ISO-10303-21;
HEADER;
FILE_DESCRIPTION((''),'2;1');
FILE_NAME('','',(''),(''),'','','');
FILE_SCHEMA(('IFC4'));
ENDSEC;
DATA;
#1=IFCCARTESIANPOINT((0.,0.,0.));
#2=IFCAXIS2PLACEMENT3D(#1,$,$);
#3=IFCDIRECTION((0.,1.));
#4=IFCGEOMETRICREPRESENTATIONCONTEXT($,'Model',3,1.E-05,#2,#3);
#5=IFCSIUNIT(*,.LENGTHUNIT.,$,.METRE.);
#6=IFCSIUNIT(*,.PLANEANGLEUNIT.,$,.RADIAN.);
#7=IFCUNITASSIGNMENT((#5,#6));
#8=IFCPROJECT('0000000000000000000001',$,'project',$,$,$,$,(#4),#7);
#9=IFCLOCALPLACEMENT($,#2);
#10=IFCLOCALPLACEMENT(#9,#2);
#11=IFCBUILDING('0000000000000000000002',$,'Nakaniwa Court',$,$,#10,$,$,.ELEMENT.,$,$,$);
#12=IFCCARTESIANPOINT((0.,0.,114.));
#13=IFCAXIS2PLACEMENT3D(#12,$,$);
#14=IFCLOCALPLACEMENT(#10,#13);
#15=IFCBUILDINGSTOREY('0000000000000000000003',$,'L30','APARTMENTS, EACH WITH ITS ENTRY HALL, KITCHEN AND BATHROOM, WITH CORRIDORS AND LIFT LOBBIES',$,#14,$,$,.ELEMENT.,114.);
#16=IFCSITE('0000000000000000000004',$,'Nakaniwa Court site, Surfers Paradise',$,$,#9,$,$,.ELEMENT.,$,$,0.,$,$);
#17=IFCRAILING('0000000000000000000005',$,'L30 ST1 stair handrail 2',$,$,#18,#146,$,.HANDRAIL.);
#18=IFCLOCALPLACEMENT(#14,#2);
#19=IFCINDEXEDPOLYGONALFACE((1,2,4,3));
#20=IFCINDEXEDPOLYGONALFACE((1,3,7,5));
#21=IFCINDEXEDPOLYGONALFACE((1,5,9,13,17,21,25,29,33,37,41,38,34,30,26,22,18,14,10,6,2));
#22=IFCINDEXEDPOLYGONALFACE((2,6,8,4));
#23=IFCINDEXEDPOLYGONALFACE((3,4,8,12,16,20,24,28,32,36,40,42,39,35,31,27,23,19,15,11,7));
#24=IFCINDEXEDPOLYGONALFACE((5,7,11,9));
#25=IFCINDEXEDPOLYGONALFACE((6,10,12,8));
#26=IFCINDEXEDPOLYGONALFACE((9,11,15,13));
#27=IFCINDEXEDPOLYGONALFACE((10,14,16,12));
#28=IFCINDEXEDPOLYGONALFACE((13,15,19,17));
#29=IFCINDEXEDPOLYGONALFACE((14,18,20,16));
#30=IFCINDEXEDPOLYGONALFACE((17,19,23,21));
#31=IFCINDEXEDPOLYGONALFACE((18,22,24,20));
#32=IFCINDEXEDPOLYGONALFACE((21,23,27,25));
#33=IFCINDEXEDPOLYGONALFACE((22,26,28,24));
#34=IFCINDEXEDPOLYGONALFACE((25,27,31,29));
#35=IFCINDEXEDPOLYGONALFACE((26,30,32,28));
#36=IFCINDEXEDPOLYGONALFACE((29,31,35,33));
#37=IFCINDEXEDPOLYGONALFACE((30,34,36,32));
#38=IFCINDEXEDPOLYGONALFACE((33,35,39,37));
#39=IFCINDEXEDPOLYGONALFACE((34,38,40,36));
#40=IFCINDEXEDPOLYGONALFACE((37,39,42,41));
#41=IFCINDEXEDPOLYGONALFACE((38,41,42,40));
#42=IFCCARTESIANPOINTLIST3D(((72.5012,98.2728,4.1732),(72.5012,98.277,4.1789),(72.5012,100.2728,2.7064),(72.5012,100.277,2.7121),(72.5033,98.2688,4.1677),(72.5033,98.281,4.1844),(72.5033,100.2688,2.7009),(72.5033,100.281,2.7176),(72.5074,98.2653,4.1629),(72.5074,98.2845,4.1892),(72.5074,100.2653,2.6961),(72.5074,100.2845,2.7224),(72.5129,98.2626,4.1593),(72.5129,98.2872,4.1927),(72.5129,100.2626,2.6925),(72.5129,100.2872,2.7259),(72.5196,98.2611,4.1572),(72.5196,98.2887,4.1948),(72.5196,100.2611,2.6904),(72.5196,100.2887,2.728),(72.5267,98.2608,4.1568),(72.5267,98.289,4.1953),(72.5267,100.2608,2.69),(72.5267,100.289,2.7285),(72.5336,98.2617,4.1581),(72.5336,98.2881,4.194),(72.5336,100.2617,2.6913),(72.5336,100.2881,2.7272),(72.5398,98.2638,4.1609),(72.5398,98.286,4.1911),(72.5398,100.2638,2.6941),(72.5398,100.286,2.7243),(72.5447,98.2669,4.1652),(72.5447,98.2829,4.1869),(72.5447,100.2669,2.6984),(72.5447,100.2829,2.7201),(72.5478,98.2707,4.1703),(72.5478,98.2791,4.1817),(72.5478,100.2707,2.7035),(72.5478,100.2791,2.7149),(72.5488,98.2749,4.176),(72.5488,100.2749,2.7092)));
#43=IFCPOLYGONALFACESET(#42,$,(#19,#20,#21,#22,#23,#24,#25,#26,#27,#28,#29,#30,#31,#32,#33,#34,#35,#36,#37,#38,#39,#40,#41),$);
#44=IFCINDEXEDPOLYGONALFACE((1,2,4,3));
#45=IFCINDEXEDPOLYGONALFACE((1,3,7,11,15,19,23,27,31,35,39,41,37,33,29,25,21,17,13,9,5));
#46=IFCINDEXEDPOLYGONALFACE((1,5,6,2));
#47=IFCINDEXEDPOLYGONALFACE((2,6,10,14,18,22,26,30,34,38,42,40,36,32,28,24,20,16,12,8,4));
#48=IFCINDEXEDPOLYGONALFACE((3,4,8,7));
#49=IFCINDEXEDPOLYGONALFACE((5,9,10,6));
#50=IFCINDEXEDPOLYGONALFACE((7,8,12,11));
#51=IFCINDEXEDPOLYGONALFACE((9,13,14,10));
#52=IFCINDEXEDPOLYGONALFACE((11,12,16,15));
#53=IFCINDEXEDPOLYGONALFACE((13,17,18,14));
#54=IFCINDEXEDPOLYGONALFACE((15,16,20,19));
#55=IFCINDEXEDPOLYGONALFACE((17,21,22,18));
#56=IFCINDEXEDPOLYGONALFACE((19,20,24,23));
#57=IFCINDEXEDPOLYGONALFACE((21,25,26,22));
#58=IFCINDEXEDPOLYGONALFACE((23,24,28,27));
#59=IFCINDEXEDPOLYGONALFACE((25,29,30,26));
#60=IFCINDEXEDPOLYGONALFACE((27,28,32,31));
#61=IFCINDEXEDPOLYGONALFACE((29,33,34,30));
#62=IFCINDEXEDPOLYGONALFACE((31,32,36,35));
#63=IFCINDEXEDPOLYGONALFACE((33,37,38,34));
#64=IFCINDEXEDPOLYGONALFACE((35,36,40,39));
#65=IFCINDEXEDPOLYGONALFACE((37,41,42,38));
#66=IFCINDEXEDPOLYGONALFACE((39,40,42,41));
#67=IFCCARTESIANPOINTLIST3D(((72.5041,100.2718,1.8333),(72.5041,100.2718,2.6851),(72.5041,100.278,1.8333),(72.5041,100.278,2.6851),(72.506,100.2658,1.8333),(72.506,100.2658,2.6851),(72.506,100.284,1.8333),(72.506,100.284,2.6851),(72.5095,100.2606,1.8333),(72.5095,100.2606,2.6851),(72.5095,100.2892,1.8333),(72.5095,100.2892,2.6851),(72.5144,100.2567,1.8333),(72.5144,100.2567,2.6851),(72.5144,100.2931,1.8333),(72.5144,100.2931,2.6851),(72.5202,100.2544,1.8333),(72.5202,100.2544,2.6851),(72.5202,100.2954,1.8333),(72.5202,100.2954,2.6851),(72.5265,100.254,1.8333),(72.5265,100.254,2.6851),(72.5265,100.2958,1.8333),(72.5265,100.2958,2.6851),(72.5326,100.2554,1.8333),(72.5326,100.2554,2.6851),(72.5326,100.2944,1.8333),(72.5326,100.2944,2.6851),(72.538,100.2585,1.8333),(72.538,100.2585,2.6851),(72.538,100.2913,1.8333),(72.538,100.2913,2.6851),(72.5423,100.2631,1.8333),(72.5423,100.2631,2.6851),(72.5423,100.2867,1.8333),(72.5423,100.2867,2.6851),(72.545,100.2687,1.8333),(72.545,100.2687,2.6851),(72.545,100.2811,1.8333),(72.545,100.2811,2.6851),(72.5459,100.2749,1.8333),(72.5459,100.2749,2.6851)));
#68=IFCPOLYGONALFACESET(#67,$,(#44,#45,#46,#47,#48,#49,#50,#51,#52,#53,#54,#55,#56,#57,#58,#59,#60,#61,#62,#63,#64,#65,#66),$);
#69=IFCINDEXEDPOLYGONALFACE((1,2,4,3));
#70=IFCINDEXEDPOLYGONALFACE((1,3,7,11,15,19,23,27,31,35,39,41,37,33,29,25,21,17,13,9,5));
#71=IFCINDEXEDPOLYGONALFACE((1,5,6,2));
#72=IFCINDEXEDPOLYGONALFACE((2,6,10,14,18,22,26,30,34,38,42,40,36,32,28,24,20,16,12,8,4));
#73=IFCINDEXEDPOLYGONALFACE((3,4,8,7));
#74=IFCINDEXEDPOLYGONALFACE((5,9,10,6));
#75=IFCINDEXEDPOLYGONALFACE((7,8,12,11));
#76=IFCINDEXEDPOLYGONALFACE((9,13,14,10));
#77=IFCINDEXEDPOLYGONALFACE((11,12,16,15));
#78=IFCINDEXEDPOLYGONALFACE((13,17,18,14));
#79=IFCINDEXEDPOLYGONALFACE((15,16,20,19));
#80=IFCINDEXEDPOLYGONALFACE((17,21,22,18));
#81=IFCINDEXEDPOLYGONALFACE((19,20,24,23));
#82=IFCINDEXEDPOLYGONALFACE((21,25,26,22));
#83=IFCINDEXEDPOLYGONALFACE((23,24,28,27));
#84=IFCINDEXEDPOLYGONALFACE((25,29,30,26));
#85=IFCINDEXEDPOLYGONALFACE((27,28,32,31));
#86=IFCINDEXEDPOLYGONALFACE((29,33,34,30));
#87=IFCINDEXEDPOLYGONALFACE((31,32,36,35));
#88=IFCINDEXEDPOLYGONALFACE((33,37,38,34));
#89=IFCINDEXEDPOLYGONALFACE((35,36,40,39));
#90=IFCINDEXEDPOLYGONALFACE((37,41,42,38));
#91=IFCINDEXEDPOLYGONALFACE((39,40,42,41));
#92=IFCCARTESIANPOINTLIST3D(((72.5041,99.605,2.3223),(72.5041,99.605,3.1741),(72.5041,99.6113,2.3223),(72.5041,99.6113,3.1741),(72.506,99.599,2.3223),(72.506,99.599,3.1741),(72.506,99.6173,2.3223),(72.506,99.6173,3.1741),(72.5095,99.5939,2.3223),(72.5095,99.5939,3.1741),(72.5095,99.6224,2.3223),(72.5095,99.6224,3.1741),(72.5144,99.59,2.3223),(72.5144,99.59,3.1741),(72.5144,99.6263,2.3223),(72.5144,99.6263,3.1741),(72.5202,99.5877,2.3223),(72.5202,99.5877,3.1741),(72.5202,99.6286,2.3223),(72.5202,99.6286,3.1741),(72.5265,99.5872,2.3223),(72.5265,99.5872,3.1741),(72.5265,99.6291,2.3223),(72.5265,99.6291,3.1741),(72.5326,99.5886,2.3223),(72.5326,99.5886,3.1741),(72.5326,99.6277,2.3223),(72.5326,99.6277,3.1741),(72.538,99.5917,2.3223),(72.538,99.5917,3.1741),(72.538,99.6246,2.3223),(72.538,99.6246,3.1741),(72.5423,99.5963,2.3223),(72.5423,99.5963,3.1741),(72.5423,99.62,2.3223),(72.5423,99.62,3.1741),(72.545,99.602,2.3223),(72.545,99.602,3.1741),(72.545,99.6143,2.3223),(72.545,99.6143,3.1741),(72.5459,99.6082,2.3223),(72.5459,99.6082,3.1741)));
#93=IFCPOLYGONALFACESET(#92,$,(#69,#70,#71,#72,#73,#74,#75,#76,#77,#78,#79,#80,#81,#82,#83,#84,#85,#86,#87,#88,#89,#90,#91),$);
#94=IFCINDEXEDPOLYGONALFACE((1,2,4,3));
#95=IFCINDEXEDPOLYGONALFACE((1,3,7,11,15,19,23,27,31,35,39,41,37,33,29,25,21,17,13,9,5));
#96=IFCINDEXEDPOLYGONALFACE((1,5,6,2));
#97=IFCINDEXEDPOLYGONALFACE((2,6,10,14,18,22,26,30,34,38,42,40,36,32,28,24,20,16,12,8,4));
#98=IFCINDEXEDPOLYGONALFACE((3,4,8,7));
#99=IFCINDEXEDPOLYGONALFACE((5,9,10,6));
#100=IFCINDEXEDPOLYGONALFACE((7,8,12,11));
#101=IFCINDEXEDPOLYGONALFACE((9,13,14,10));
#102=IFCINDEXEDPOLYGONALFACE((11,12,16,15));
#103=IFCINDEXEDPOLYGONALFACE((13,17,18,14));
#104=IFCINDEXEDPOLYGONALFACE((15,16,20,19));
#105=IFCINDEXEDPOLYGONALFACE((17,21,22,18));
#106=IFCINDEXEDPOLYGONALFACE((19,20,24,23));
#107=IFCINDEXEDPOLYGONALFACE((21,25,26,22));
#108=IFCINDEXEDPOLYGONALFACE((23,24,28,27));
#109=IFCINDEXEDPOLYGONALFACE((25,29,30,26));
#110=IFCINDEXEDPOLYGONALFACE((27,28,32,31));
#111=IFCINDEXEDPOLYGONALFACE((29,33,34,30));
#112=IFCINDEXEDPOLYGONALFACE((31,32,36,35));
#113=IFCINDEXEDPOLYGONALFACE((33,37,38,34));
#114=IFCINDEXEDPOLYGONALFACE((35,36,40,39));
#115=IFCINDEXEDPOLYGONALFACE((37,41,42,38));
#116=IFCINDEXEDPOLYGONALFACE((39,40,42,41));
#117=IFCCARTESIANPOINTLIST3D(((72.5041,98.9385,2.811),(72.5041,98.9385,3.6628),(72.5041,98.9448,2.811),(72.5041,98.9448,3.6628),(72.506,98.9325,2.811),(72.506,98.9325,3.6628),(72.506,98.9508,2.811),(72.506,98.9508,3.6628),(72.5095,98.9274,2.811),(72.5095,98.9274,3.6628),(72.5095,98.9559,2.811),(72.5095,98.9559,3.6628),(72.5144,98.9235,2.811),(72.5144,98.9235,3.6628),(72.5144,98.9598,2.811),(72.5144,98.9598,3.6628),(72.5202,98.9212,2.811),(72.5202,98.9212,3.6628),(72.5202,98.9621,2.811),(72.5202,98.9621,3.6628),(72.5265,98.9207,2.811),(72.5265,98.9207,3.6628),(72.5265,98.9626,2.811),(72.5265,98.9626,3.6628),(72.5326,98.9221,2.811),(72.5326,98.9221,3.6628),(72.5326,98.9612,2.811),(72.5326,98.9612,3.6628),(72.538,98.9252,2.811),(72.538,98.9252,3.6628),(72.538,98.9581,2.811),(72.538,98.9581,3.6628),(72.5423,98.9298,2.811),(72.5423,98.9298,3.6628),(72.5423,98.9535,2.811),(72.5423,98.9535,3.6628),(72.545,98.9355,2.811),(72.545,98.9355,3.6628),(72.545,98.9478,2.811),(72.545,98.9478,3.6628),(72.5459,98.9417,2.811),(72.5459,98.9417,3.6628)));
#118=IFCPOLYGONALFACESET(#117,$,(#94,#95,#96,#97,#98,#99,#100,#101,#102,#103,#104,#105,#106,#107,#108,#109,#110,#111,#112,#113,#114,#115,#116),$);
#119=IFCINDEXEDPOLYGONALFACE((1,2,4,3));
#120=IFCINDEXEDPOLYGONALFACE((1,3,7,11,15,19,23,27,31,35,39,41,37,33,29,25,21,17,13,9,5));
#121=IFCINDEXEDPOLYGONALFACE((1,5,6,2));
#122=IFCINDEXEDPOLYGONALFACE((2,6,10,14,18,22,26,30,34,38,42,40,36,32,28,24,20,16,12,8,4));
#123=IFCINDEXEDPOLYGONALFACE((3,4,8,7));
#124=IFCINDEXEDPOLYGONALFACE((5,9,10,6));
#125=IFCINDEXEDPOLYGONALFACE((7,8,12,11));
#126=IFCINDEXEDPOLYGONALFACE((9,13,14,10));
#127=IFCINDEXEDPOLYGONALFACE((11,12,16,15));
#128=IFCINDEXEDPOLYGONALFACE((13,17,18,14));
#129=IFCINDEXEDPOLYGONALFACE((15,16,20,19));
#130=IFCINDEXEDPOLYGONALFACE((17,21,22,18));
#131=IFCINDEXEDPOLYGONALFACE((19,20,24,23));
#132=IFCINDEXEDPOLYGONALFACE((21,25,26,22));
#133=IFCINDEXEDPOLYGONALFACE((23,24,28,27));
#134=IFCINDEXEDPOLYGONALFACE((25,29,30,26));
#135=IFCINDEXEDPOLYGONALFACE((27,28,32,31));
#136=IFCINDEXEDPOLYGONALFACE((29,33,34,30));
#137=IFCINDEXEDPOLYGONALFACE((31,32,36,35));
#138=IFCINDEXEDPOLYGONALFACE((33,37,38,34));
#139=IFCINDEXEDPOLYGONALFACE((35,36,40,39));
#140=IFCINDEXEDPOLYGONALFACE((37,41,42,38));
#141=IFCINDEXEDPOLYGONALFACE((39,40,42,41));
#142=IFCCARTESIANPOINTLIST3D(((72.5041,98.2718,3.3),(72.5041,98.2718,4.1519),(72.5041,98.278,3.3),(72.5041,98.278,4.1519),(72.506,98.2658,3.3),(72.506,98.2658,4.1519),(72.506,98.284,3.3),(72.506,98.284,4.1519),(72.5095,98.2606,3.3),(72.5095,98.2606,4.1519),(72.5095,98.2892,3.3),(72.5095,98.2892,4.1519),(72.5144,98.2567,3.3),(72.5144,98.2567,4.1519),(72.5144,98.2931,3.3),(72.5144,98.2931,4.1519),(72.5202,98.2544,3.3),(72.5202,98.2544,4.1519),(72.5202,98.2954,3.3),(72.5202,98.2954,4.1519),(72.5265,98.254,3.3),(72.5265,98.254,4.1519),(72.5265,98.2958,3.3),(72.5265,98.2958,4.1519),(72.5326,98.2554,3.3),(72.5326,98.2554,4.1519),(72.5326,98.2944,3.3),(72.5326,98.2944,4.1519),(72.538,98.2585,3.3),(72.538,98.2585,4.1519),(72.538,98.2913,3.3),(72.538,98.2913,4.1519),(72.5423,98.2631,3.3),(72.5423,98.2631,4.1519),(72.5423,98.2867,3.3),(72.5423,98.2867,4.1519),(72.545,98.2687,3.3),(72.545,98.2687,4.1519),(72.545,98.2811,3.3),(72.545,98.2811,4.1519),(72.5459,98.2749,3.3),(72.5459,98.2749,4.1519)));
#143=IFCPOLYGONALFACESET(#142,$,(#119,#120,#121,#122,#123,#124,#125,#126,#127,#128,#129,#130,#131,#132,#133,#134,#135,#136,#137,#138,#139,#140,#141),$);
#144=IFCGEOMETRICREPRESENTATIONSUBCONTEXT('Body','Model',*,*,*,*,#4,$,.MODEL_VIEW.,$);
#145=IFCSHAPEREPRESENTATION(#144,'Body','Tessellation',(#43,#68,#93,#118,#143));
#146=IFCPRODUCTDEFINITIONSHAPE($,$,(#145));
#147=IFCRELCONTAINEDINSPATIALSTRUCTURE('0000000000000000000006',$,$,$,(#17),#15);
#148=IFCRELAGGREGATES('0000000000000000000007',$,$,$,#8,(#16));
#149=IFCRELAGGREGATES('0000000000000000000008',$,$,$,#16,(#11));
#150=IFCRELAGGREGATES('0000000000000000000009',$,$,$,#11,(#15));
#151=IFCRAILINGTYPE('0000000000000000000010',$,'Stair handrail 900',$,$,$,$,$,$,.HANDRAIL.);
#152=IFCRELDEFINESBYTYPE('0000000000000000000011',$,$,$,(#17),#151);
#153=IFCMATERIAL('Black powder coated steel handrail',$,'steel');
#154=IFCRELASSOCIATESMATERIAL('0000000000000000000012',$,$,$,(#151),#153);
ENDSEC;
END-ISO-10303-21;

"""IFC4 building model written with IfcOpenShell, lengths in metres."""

from ifc_helpers import new_model, si_unit, direction, frame, origin, origin_2d, place, context, subcontext, project, spatial, circle, extrude, material, type_object, element, save


model = new_model("IFC4")

# Units and contexts
model_context = context("Model", 3, precision=1e-05, world=origin(), true_north=direction((0.0, 1.0)))
body_context = subcontext(model_context, "Body", "Model", "MODEL_VIEW")
ifc_project = project(units=[si_unit("LENGTHUNIT", "METRE"), si_unit("PLANEANGLEUNIT", "RADIAN")], contexts=[model_context])

# Site, building, storey
site_placement = place(None, origin())
site = spatial("IfcSite", under=ifc_project, at=site_placement, Name="Nakaniwa Court site, Surfers Paradise", CompositionType="ELEMENT", RefElevation=0.0)
building_placement = place(site_placement, origin())
building = spatial("IfcBuilding", under=site, at=building_placement, Name="Nakaniwa Court", CompositionType="ELEMENT")
storey_placement = place(building_placement, frame((0.0, 0.0, 114.0)))
storey = spatial("IfcBuildingStorey", under=building, at=storey_placement, Name="L30", Description="APARTMENTS, EACH WITH ITS ENTRY HALL, KITCHEN AND BATHROOM, WITH CORRIDORS AND LIFT LOBBIES", CompositionType="ELEMENT", Elevation=114.0)

# Railing
ifc_material_1 = material(Name="Black powder coated steel handrail", Category="steel")
railing_type_1 = type_object("IfcRailingType", Name="Stair handrail 900", PredefinedType="HANDRAIL", material=ifc_material_1)
railing_1_placement = place(storey_placement, frame((72.5249, 100.2749, 1.8333)))
element("IfcRailing", 1, at=railing_1_placement, inside=storey, type_object=railing_type_1, Name="L30 ST1 stair handrail 2", PredefinedType="HANDRAIL", context=body_context, shape_type="SweptSolid", body=[
    extrude(circle(Radius=0.0239, at=origin_2d()), frame((0.0, 0.0, 0.876), z_axis=(0.0, -0.80638, 0.591398), x_axis=(1.0, 0.0, 0.0)), (0.0, 0.0, 1.0), 2.4802),
    extrude(circle(Radius=0.021, at=origin_2d()), origin(), (0.0, 0.0, 1.0), 0.8518),
    extrude(circle(Radius=0.021, at=origin_2d()), frame((0.0, -0.6667, 0.489)), (0.0, 0.0, 1.0), 0.8518),
    extrude(circle(Radius=0.021, at=origin_2d()), frame((0.0, -1.3333, 0.9778)), (0.0, 0.0, 1.0), 0.8518),
    extrude(circle(Radius=0.021, at=origin_2d()), frame((0.0, -2.0, 1.4668)), (0.0, 0.0, 1.0), 0.8518),
])

save(model, "model.ifc")
